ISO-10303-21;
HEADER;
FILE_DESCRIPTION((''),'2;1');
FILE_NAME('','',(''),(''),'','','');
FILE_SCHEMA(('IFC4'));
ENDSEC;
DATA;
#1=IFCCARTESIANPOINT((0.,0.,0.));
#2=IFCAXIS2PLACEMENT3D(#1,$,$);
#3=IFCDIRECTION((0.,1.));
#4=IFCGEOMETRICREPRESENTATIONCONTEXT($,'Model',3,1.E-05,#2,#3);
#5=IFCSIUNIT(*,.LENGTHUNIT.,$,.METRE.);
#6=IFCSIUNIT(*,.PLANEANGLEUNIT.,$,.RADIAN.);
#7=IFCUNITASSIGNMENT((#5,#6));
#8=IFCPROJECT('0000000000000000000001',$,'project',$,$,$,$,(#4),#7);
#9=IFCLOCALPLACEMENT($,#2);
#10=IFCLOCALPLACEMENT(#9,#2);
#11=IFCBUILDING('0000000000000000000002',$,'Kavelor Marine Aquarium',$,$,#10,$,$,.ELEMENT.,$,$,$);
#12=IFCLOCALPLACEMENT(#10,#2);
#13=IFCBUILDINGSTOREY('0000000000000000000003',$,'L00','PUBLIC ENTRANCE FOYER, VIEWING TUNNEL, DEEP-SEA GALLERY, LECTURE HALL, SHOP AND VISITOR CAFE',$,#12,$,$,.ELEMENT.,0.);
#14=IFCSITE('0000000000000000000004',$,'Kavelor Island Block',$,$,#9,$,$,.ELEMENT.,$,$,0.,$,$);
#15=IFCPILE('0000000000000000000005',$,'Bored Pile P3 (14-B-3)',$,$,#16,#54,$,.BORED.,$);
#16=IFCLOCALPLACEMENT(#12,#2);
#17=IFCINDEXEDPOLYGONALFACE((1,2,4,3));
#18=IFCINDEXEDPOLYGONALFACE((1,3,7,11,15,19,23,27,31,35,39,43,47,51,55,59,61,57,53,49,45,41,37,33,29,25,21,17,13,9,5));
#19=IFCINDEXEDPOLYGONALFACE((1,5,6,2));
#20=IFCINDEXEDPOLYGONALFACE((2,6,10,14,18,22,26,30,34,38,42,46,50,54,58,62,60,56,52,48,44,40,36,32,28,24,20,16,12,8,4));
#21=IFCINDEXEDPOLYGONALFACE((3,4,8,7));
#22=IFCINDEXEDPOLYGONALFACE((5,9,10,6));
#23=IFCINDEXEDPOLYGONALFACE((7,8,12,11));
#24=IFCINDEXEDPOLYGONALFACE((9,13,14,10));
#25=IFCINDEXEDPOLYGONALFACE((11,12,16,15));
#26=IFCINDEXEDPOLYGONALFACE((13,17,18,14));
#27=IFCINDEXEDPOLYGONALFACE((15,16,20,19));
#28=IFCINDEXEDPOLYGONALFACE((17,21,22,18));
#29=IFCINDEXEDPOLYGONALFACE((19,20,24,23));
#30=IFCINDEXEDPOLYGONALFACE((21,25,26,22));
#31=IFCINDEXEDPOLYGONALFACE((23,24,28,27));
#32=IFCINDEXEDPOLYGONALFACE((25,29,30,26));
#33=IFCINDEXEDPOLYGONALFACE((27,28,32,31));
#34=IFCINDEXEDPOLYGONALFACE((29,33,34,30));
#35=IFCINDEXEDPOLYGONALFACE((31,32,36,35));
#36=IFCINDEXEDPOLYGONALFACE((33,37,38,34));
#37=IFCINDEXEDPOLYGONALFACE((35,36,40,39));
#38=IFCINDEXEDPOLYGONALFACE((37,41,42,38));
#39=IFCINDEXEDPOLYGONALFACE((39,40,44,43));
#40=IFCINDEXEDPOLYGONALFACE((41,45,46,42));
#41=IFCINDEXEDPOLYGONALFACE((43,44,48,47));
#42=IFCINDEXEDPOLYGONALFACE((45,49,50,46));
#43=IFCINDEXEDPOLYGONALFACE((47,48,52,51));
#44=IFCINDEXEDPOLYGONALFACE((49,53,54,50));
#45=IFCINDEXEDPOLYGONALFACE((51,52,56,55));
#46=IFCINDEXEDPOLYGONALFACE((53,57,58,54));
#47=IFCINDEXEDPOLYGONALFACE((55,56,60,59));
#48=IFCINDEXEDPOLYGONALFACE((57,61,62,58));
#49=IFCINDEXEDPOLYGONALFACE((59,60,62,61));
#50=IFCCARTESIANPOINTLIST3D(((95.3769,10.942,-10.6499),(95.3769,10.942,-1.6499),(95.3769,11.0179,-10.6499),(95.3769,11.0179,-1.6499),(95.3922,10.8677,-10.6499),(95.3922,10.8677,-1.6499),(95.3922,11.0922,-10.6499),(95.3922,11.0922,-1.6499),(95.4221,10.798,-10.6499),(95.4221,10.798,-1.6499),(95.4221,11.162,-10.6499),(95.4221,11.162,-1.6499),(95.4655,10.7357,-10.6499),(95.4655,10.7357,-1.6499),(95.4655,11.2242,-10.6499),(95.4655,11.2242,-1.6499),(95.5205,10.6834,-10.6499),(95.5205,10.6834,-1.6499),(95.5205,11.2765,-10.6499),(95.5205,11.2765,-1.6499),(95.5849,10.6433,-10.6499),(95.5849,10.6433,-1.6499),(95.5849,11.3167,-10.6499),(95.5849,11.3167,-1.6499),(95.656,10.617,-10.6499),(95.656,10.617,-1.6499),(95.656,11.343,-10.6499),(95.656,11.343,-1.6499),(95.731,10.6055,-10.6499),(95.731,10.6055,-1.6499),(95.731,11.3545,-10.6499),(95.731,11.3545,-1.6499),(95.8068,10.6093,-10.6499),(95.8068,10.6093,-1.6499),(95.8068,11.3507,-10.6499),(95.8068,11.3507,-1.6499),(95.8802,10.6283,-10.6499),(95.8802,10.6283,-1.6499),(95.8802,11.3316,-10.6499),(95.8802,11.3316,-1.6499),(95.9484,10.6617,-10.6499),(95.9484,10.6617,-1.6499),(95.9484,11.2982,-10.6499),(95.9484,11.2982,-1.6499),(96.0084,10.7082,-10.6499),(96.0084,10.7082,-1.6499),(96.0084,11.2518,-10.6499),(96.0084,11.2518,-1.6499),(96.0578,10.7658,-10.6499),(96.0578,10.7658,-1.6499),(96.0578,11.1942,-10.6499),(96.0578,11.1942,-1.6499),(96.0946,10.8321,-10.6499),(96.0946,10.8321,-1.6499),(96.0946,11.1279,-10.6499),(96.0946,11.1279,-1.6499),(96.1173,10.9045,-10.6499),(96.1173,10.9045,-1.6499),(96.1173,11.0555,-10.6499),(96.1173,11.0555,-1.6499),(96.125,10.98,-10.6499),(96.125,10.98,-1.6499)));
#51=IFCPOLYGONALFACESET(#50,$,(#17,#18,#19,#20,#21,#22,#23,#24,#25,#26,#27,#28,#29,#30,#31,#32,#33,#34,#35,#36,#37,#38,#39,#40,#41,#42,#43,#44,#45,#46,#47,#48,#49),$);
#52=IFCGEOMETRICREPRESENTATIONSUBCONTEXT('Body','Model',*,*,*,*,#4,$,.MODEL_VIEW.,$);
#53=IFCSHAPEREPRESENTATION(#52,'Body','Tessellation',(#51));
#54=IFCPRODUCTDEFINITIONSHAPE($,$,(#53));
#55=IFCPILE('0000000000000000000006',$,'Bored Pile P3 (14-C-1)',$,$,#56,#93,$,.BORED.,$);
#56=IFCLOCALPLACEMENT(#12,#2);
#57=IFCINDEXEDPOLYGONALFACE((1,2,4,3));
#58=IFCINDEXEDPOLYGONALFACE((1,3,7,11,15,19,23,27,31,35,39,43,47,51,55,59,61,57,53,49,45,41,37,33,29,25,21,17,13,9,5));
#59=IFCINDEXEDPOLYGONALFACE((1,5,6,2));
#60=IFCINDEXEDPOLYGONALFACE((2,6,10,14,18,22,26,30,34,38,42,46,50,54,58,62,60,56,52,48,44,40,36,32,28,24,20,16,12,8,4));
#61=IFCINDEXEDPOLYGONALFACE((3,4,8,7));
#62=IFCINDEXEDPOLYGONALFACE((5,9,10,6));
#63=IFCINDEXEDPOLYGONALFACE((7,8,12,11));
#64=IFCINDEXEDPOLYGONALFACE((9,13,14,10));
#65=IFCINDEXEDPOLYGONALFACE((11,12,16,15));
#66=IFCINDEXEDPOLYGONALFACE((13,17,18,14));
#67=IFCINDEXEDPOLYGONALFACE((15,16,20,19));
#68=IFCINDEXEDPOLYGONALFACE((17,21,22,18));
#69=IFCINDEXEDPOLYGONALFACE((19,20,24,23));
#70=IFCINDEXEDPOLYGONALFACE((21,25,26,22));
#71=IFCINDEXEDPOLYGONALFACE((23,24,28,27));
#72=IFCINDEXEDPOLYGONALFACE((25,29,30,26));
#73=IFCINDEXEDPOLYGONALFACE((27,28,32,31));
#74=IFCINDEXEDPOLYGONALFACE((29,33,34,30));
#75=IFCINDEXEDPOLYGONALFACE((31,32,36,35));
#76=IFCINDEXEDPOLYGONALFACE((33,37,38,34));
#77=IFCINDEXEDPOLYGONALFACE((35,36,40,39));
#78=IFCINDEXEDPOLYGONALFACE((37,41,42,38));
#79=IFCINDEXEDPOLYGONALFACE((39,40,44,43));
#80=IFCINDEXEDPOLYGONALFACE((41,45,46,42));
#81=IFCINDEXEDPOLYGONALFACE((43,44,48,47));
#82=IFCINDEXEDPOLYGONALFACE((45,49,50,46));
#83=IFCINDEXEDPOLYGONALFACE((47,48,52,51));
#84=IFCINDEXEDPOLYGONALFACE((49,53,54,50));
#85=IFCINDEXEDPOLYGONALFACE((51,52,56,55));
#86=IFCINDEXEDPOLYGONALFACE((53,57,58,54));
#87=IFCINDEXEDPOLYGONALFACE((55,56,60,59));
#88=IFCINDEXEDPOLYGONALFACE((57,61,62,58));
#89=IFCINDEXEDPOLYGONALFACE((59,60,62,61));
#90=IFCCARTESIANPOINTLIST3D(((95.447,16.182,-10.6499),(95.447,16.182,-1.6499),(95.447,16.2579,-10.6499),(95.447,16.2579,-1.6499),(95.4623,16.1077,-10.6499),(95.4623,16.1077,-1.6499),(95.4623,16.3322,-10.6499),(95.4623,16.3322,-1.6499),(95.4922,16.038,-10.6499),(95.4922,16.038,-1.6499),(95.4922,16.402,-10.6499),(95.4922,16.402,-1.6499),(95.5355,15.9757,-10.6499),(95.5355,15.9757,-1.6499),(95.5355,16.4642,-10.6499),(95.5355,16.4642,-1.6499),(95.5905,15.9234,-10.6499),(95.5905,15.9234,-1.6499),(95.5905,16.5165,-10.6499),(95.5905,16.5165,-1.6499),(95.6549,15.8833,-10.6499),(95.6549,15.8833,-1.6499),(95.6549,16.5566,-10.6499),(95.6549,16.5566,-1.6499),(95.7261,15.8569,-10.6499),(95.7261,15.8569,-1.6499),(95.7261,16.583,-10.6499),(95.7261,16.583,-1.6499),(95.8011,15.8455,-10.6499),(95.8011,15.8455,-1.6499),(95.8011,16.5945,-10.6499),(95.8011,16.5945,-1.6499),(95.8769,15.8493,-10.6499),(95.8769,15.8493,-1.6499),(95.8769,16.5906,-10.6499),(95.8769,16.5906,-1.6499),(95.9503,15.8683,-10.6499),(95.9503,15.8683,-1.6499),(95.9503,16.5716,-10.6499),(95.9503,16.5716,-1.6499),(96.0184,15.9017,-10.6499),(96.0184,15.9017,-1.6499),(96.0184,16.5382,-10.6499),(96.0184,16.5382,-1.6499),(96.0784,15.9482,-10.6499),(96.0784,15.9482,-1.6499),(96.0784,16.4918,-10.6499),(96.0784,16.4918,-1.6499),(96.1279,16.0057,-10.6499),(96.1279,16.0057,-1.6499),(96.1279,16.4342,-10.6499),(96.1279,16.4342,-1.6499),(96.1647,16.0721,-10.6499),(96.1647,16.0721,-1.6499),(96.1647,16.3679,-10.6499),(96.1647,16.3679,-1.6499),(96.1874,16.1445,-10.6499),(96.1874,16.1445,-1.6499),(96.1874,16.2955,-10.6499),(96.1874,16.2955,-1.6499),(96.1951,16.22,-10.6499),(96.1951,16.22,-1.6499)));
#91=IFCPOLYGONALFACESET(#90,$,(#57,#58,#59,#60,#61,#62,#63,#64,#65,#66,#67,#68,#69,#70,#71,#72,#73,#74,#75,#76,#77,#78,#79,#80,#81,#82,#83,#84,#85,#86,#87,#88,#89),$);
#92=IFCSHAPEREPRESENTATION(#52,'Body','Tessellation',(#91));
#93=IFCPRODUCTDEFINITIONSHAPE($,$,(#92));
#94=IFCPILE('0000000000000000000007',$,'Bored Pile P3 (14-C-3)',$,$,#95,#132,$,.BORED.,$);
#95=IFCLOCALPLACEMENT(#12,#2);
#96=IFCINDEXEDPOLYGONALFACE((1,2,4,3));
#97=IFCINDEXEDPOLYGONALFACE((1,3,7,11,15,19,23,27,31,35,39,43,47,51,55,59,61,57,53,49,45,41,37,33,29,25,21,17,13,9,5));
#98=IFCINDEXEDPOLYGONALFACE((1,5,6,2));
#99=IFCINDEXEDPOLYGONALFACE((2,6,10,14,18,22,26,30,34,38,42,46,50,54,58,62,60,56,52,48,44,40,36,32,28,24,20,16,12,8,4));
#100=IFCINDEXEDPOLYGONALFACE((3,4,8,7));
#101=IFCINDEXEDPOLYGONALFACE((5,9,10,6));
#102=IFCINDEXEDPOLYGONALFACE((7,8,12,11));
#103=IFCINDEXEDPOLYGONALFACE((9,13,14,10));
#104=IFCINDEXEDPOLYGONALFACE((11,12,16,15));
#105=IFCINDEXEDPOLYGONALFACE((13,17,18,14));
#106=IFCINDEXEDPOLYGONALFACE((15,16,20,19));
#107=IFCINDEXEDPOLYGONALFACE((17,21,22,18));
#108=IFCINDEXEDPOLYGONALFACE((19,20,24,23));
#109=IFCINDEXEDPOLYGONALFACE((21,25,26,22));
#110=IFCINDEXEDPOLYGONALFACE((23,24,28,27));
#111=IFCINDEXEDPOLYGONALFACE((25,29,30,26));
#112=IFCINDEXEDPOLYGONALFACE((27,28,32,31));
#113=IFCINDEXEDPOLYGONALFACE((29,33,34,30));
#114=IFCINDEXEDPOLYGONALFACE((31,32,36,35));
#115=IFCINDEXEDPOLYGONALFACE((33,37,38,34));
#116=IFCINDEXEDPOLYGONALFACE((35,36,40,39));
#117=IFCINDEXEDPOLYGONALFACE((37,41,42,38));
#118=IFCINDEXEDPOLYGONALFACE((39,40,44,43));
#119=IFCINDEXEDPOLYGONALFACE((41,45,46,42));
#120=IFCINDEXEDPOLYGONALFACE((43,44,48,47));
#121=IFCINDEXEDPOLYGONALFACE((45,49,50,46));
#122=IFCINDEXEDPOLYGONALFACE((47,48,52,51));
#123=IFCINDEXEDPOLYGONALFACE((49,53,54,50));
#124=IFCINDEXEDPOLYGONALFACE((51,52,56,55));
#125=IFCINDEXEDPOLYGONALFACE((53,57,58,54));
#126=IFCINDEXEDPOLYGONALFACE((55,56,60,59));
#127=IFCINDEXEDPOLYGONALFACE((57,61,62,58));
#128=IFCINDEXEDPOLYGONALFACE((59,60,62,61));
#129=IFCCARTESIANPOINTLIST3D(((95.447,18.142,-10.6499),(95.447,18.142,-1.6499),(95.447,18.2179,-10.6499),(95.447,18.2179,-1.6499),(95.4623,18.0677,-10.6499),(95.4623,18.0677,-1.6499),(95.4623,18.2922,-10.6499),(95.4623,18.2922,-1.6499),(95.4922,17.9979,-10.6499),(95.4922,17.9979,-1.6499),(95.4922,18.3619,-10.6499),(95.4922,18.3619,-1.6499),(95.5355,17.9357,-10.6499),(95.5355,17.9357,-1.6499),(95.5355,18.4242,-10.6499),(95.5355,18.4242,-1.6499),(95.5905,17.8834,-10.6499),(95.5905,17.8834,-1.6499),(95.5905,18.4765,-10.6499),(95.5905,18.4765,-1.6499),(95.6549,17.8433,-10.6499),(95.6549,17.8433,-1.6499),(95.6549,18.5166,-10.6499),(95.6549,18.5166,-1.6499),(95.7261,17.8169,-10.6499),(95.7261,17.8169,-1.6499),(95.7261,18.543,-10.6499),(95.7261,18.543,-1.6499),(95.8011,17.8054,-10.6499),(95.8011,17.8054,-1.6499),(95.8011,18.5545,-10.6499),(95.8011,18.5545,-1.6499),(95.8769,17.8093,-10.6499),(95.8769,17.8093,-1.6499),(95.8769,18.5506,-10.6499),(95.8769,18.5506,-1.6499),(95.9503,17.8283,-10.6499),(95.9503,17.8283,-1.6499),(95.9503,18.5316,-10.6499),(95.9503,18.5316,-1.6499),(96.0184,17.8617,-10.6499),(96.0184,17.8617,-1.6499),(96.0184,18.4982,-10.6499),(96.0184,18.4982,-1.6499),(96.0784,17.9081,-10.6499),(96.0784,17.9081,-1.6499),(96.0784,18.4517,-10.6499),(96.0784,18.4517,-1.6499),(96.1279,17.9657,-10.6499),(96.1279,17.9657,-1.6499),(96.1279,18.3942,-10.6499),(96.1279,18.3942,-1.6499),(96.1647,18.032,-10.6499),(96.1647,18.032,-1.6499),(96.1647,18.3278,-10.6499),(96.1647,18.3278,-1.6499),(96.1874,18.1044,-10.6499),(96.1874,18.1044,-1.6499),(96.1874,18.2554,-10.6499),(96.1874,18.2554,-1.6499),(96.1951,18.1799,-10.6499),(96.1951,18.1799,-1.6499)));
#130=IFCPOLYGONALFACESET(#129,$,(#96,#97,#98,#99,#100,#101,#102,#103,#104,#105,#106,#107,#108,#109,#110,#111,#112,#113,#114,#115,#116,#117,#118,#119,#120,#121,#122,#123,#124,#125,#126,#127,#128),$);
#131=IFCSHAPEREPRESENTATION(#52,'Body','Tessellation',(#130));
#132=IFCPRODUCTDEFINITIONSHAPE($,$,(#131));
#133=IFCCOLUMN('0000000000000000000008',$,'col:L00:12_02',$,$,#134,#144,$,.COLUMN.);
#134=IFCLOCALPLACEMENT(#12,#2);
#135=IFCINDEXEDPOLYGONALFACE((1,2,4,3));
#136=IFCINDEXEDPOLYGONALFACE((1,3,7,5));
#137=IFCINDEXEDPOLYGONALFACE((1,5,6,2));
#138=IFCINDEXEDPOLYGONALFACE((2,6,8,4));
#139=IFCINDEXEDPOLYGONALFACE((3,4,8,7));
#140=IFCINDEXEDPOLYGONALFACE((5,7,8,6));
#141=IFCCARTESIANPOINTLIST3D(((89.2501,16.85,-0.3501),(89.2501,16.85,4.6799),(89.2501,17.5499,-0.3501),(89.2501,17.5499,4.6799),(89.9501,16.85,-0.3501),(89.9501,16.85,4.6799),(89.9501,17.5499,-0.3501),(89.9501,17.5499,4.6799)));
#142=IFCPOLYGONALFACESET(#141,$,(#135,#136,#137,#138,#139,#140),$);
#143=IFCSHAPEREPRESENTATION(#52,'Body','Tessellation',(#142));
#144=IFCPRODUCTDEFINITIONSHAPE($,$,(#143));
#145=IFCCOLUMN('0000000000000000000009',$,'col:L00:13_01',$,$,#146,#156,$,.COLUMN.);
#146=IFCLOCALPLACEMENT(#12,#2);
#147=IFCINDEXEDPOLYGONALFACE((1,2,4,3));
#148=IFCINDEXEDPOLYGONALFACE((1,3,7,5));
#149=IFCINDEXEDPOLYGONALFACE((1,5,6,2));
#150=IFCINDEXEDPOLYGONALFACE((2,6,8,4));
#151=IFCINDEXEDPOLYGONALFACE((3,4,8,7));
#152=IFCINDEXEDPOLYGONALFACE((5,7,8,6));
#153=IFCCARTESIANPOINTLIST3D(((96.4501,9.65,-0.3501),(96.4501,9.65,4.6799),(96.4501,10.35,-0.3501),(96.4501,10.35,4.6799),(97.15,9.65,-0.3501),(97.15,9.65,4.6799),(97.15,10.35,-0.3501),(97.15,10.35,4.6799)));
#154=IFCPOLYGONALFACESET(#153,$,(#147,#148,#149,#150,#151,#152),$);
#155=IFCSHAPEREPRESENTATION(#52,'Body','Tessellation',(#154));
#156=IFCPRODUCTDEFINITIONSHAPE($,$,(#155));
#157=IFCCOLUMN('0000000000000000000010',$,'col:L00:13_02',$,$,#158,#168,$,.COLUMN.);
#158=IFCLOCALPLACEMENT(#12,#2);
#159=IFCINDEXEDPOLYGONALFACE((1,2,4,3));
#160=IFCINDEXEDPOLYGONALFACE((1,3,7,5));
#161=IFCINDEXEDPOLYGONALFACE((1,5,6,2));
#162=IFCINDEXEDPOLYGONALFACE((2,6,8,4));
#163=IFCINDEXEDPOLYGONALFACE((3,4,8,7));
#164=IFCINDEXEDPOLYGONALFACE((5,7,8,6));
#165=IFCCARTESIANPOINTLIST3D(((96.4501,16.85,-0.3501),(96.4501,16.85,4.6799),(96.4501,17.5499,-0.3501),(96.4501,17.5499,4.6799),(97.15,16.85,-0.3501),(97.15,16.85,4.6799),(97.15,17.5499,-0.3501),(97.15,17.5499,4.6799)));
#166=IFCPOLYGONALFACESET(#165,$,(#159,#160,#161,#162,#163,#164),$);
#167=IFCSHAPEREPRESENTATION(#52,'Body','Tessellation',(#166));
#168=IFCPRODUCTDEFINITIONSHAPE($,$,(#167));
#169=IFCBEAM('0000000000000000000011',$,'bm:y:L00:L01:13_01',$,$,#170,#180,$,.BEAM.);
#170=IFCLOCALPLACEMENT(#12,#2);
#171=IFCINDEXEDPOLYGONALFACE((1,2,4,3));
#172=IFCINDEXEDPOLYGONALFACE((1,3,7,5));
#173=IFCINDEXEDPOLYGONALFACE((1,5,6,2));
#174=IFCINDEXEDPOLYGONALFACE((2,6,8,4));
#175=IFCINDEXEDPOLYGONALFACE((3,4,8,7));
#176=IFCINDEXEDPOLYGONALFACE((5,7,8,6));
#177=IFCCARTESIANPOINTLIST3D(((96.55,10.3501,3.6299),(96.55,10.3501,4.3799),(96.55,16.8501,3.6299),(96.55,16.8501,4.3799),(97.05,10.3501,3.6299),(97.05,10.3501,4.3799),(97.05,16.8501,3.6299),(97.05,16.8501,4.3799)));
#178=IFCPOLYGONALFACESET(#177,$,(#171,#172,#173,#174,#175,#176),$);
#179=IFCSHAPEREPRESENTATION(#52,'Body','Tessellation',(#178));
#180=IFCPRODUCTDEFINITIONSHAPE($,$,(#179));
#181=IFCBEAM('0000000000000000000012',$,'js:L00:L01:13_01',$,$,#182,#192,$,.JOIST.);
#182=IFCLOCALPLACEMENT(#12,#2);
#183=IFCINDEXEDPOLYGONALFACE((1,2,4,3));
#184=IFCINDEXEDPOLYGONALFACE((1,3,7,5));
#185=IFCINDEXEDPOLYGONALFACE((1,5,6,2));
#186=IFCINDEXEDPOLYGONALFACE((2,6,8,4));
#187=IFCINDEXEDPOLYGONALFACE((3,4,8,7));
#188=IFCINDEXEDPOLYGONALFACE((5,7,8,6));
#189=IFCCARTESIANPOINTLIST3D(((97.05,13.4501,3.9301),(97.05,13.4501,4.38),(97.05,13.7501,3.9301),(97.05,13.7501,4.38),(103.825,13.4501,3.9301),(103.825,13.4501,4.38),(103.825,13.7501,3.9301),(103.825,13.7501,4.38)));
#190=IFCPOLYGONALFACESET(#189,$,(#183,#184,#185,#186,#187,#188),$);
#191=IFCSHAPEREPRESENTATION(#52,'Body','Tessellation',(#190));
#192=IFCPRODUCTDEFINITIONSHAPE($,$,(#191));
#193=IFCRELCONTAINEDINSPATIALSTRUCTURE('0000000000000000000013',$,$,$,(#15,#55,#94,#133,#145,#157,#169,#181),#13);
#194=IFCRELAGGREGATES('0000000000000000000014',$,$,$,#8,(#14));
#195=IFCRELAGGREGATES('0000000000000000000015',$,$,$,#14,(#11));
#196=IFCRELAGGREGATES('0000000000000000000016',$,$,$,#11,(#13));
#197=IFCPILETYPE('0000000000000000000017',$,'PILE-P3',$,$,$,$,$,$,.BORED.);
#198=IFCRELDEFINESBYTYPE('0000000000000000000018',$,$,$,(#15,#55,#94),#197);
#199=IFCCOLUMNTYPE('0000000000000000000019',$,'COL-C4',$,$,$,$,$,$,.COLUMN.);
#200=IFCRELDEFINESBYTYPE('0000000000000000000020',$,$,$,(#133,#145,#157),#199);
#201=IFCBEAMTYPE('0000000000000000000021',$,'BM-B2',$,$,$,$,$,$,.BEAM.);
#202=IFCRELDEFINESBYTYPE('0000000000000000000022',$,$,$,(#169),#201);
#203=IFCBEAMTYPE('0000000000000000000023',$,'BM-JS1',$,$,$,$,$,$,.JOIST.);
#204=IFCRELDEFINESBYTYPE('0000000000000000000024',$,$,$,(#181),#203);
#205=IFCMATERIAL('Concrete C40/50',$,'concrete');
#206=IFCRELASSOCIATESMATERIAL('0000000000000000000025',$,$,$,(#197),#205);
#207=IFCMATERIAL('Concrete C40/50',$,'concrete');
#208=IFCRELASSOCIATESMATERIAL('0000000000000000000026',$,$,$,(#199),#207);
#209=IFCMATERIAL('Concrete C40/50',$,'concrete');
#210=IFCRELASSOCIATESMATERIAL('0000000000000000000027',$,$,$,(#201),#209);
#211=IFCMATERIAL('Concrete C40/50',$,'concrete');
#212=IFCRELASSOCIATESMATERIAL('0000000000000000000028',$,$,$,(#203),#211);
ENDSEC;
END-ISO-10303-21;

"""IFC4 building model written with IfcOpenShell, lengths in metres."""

from ifc_helpers import new_model, si_unit, direction, frame, origin, origin_2d, place, context, subcontext, project, spatial, rectangle, circle, extrude, material, material_profile, profile_set, type_object, element, save


model = new_model("IFC4")

# Units and contexts
model_context = context("Model", 3, precision=1e-05, world=origin(), true_north=direction((0.0, 1.0)))
body_context = subcontext(model_context, "Body", "Model", "MODEL_VIEW")
ifc_project = project(units=[si_unit("LENGTHUNIT", "METRE"), si_unit("PLANEANGLEUNIT", "RADIAN")], contexts=[model_context])

# Site, building, storey
site_placement = place(None, origin())
site = spatial("IfcSite", under=ifc_project, at=site_placement, Name="Kavelor Island Block", CompositionType="ELEMENT", RefElevation=0.0)
building_placement = place(site_placement, origin())
building = spatial("IfcBuilding", under=site, at=building_placement, Name="Kavelor Marine Aquarium", CompositionType="ELEMENT")
storey_placement = place(building_placement, origin())
storey = spatial("IfcBuildingStorey", under=building, at=storey_placement, Name="L00", Description="PUBLIC ENTRANCE FOYER, VIEWING TUNNEL, DEEP-SEA GALLERY, LECTURE HALL, SHOP AND VISITOR CAFE", CompositionType="ELEMENT", Elevation=0.0)

# Piles
ifc_material_1 = material(Name="Concrete C40/50", Category="concrete")
ifc_material_profile_1 = material_profile(ifc_material_1, circle(Radius=0.375, at=origin_2d()), Name="PILE D750")
ifc_profile_set_1 = profile_set([ifc_material_profile_1], Name="Concrete C40/50")
pile_type_1 = type_object("IfcPileType", Name="PILE-P3", PredefinedType="BORED", material=ifc_profile_set_1)
for number, where, z_axis, x_axis, name in (
    (1, (95.75, 10.98, -1.6499), (0.0, 0.0, -1.0), (1.0, 0.0, 0.0), "Bored Pile P3 (14-B-3)"),
    (2, (95.8201, 16.22, -1.6499), (0.0, 0.0, -1.0), (1.0, 0.0, 0.0), "Bored Pile P3 (14-C-1)"),
    (3, (95.8201, 18.1799, -1.6499), (0.0, 0.0, -1.0), (1.0, 0.0, 0.0), "Bored Pile P3 (14-C-3)"),
):
    element("IfcPile", number, at=place(storey_placement, frame(where, z_axis=z_axis, x_axis=x_axis)), inside=storey, type_object=pile_type_1, Name=name, PredefinedType="BORED", context=body_context, shape_type="SweptSolid", body=[
        extrude(circle(Radius=0.375, at=origin_2d()), origin(), (0.0, 0.0, 1.0), 9.0),
    ])

# Columns
ifc_material_2 = material(Name="Concrete C40/50", Category="concrete")
ifc_material_profile_2 = material_profile(ifc_material_2, rectangle(XDim=0.7, YDim=0.7, at=origin_2d()), Name="RC-COL 700x700")
ifc_profile_set_2 = profile_set([ifc_material_profile_2], Name="Concrete C40/50")
column_type = type_object("IfcColumnType", Name="COL-C4", PredefinedType="COLUMN", material=ifc_profile_set_2)
for number, where, z_axis, x_axis, name in (
    (4, (89.6001, 17.2, -0.3501), (0.0, 0.0, 1.0), (1.0, 0.0, 0.0), "col:L00:12_02"),
    (5, (96.8, 10.0, -0.3501), (0.0, 0.0, 1.0), (1.0, 0.0, 0.0), "col:L00:13_01"),
    (6, (96.8, 17.2, -0.3501), (0.0, 0.0, 1.0), (1.0, 0.0, 0.0), "col:L00:13_02"),
):
    element("IfcColumn", number, at=place(storey_placement, frame(where, z_axis=z_axis, x_axis=x_axis)), inside=storey, type_object=column_type, Name=name, PredefinedType="COLUMN", context=body_context, shape_type="SweptSolid", body=[
        extrude(rectangle(XDim=0.7, YDim=0.7, at=origin_2d()), origin(), (0.0, 0.0, 1.0), 5.03),
    ])

# Beams
ifc_material_3 = material(Name="Concrete C40/50", Category="concrete")
ifc_material_profile_3 = material_profile(ifc_material_3, rectangle(XDim=0.5, YDim=0.75, at=origin_2d()), Name="RC-BM 500x750")
ifc_profile_set_3 = profile_set([ifc_material_profile_3], Name="Concrete C40/50")
beam_type_1 = type_object("IfcBeamType", Name="BM-B2", PredefinedType="BEAM", material=ifc_profile_set_3)
beam_1_placement = place(storey_placement, frame((96.8, 10.3501, 4.0049), z_axis=(0.0, 1.0, 0.0), x_axis=(-1.0, 0.0, 0.0)))
element("IfcBeam", 7, at=beam_1_placement, inside=storey, type_object=beam_type_1, Name="bm:y:L00:L01:13_01", PredefinedType="BEAM", context=body_context, shape_type="SweptSolid", body=[
    extrude(rectangle(XDim=0.5, YDim=0.75, at=origin_2d()), origin(), (0.0, 0.0, 1.0), 6.5),
])
ifc_material_4 = material(Name="Concrete C40/50", Category="concrete")
ifc_material_profile_4 = material_profile(ifc_material_4, rectangle(XDim=0.3, YDim=0.45, at=origin_2d()), Name="RC-JS 300x450")
ifc_profile_set_4 = profile_set([ifc_material_profile_4], Name="Concrete C40/50")
beam_type_2 = type_object("IfcBeamType", Name="BM-JS1", PredefinedType="JOIST", material=ifc_profile_set_4)
beam_2_placement = place(storey_placement, frame((97.05, 13.6001, 4.155), z_axis=(1.0, 0.0, 0.0), x_axis=(0.0, 1.0, 0.0)))
element("IfcBeam", 8, at=beam_2_placement, inside=storey, type_object=beam_type_2, Name="js:L00:L01:13_01", PredefinedType="JOIST", context=body_context, shape_type="SweptSolid", body=[
    extrude(rectangle(XDim=0.3, YDim=0.45, at=origin_2d()), origin(), (0.0, 0.0, 1.0), 6.7749),
])

save(model, "model.ifc")
